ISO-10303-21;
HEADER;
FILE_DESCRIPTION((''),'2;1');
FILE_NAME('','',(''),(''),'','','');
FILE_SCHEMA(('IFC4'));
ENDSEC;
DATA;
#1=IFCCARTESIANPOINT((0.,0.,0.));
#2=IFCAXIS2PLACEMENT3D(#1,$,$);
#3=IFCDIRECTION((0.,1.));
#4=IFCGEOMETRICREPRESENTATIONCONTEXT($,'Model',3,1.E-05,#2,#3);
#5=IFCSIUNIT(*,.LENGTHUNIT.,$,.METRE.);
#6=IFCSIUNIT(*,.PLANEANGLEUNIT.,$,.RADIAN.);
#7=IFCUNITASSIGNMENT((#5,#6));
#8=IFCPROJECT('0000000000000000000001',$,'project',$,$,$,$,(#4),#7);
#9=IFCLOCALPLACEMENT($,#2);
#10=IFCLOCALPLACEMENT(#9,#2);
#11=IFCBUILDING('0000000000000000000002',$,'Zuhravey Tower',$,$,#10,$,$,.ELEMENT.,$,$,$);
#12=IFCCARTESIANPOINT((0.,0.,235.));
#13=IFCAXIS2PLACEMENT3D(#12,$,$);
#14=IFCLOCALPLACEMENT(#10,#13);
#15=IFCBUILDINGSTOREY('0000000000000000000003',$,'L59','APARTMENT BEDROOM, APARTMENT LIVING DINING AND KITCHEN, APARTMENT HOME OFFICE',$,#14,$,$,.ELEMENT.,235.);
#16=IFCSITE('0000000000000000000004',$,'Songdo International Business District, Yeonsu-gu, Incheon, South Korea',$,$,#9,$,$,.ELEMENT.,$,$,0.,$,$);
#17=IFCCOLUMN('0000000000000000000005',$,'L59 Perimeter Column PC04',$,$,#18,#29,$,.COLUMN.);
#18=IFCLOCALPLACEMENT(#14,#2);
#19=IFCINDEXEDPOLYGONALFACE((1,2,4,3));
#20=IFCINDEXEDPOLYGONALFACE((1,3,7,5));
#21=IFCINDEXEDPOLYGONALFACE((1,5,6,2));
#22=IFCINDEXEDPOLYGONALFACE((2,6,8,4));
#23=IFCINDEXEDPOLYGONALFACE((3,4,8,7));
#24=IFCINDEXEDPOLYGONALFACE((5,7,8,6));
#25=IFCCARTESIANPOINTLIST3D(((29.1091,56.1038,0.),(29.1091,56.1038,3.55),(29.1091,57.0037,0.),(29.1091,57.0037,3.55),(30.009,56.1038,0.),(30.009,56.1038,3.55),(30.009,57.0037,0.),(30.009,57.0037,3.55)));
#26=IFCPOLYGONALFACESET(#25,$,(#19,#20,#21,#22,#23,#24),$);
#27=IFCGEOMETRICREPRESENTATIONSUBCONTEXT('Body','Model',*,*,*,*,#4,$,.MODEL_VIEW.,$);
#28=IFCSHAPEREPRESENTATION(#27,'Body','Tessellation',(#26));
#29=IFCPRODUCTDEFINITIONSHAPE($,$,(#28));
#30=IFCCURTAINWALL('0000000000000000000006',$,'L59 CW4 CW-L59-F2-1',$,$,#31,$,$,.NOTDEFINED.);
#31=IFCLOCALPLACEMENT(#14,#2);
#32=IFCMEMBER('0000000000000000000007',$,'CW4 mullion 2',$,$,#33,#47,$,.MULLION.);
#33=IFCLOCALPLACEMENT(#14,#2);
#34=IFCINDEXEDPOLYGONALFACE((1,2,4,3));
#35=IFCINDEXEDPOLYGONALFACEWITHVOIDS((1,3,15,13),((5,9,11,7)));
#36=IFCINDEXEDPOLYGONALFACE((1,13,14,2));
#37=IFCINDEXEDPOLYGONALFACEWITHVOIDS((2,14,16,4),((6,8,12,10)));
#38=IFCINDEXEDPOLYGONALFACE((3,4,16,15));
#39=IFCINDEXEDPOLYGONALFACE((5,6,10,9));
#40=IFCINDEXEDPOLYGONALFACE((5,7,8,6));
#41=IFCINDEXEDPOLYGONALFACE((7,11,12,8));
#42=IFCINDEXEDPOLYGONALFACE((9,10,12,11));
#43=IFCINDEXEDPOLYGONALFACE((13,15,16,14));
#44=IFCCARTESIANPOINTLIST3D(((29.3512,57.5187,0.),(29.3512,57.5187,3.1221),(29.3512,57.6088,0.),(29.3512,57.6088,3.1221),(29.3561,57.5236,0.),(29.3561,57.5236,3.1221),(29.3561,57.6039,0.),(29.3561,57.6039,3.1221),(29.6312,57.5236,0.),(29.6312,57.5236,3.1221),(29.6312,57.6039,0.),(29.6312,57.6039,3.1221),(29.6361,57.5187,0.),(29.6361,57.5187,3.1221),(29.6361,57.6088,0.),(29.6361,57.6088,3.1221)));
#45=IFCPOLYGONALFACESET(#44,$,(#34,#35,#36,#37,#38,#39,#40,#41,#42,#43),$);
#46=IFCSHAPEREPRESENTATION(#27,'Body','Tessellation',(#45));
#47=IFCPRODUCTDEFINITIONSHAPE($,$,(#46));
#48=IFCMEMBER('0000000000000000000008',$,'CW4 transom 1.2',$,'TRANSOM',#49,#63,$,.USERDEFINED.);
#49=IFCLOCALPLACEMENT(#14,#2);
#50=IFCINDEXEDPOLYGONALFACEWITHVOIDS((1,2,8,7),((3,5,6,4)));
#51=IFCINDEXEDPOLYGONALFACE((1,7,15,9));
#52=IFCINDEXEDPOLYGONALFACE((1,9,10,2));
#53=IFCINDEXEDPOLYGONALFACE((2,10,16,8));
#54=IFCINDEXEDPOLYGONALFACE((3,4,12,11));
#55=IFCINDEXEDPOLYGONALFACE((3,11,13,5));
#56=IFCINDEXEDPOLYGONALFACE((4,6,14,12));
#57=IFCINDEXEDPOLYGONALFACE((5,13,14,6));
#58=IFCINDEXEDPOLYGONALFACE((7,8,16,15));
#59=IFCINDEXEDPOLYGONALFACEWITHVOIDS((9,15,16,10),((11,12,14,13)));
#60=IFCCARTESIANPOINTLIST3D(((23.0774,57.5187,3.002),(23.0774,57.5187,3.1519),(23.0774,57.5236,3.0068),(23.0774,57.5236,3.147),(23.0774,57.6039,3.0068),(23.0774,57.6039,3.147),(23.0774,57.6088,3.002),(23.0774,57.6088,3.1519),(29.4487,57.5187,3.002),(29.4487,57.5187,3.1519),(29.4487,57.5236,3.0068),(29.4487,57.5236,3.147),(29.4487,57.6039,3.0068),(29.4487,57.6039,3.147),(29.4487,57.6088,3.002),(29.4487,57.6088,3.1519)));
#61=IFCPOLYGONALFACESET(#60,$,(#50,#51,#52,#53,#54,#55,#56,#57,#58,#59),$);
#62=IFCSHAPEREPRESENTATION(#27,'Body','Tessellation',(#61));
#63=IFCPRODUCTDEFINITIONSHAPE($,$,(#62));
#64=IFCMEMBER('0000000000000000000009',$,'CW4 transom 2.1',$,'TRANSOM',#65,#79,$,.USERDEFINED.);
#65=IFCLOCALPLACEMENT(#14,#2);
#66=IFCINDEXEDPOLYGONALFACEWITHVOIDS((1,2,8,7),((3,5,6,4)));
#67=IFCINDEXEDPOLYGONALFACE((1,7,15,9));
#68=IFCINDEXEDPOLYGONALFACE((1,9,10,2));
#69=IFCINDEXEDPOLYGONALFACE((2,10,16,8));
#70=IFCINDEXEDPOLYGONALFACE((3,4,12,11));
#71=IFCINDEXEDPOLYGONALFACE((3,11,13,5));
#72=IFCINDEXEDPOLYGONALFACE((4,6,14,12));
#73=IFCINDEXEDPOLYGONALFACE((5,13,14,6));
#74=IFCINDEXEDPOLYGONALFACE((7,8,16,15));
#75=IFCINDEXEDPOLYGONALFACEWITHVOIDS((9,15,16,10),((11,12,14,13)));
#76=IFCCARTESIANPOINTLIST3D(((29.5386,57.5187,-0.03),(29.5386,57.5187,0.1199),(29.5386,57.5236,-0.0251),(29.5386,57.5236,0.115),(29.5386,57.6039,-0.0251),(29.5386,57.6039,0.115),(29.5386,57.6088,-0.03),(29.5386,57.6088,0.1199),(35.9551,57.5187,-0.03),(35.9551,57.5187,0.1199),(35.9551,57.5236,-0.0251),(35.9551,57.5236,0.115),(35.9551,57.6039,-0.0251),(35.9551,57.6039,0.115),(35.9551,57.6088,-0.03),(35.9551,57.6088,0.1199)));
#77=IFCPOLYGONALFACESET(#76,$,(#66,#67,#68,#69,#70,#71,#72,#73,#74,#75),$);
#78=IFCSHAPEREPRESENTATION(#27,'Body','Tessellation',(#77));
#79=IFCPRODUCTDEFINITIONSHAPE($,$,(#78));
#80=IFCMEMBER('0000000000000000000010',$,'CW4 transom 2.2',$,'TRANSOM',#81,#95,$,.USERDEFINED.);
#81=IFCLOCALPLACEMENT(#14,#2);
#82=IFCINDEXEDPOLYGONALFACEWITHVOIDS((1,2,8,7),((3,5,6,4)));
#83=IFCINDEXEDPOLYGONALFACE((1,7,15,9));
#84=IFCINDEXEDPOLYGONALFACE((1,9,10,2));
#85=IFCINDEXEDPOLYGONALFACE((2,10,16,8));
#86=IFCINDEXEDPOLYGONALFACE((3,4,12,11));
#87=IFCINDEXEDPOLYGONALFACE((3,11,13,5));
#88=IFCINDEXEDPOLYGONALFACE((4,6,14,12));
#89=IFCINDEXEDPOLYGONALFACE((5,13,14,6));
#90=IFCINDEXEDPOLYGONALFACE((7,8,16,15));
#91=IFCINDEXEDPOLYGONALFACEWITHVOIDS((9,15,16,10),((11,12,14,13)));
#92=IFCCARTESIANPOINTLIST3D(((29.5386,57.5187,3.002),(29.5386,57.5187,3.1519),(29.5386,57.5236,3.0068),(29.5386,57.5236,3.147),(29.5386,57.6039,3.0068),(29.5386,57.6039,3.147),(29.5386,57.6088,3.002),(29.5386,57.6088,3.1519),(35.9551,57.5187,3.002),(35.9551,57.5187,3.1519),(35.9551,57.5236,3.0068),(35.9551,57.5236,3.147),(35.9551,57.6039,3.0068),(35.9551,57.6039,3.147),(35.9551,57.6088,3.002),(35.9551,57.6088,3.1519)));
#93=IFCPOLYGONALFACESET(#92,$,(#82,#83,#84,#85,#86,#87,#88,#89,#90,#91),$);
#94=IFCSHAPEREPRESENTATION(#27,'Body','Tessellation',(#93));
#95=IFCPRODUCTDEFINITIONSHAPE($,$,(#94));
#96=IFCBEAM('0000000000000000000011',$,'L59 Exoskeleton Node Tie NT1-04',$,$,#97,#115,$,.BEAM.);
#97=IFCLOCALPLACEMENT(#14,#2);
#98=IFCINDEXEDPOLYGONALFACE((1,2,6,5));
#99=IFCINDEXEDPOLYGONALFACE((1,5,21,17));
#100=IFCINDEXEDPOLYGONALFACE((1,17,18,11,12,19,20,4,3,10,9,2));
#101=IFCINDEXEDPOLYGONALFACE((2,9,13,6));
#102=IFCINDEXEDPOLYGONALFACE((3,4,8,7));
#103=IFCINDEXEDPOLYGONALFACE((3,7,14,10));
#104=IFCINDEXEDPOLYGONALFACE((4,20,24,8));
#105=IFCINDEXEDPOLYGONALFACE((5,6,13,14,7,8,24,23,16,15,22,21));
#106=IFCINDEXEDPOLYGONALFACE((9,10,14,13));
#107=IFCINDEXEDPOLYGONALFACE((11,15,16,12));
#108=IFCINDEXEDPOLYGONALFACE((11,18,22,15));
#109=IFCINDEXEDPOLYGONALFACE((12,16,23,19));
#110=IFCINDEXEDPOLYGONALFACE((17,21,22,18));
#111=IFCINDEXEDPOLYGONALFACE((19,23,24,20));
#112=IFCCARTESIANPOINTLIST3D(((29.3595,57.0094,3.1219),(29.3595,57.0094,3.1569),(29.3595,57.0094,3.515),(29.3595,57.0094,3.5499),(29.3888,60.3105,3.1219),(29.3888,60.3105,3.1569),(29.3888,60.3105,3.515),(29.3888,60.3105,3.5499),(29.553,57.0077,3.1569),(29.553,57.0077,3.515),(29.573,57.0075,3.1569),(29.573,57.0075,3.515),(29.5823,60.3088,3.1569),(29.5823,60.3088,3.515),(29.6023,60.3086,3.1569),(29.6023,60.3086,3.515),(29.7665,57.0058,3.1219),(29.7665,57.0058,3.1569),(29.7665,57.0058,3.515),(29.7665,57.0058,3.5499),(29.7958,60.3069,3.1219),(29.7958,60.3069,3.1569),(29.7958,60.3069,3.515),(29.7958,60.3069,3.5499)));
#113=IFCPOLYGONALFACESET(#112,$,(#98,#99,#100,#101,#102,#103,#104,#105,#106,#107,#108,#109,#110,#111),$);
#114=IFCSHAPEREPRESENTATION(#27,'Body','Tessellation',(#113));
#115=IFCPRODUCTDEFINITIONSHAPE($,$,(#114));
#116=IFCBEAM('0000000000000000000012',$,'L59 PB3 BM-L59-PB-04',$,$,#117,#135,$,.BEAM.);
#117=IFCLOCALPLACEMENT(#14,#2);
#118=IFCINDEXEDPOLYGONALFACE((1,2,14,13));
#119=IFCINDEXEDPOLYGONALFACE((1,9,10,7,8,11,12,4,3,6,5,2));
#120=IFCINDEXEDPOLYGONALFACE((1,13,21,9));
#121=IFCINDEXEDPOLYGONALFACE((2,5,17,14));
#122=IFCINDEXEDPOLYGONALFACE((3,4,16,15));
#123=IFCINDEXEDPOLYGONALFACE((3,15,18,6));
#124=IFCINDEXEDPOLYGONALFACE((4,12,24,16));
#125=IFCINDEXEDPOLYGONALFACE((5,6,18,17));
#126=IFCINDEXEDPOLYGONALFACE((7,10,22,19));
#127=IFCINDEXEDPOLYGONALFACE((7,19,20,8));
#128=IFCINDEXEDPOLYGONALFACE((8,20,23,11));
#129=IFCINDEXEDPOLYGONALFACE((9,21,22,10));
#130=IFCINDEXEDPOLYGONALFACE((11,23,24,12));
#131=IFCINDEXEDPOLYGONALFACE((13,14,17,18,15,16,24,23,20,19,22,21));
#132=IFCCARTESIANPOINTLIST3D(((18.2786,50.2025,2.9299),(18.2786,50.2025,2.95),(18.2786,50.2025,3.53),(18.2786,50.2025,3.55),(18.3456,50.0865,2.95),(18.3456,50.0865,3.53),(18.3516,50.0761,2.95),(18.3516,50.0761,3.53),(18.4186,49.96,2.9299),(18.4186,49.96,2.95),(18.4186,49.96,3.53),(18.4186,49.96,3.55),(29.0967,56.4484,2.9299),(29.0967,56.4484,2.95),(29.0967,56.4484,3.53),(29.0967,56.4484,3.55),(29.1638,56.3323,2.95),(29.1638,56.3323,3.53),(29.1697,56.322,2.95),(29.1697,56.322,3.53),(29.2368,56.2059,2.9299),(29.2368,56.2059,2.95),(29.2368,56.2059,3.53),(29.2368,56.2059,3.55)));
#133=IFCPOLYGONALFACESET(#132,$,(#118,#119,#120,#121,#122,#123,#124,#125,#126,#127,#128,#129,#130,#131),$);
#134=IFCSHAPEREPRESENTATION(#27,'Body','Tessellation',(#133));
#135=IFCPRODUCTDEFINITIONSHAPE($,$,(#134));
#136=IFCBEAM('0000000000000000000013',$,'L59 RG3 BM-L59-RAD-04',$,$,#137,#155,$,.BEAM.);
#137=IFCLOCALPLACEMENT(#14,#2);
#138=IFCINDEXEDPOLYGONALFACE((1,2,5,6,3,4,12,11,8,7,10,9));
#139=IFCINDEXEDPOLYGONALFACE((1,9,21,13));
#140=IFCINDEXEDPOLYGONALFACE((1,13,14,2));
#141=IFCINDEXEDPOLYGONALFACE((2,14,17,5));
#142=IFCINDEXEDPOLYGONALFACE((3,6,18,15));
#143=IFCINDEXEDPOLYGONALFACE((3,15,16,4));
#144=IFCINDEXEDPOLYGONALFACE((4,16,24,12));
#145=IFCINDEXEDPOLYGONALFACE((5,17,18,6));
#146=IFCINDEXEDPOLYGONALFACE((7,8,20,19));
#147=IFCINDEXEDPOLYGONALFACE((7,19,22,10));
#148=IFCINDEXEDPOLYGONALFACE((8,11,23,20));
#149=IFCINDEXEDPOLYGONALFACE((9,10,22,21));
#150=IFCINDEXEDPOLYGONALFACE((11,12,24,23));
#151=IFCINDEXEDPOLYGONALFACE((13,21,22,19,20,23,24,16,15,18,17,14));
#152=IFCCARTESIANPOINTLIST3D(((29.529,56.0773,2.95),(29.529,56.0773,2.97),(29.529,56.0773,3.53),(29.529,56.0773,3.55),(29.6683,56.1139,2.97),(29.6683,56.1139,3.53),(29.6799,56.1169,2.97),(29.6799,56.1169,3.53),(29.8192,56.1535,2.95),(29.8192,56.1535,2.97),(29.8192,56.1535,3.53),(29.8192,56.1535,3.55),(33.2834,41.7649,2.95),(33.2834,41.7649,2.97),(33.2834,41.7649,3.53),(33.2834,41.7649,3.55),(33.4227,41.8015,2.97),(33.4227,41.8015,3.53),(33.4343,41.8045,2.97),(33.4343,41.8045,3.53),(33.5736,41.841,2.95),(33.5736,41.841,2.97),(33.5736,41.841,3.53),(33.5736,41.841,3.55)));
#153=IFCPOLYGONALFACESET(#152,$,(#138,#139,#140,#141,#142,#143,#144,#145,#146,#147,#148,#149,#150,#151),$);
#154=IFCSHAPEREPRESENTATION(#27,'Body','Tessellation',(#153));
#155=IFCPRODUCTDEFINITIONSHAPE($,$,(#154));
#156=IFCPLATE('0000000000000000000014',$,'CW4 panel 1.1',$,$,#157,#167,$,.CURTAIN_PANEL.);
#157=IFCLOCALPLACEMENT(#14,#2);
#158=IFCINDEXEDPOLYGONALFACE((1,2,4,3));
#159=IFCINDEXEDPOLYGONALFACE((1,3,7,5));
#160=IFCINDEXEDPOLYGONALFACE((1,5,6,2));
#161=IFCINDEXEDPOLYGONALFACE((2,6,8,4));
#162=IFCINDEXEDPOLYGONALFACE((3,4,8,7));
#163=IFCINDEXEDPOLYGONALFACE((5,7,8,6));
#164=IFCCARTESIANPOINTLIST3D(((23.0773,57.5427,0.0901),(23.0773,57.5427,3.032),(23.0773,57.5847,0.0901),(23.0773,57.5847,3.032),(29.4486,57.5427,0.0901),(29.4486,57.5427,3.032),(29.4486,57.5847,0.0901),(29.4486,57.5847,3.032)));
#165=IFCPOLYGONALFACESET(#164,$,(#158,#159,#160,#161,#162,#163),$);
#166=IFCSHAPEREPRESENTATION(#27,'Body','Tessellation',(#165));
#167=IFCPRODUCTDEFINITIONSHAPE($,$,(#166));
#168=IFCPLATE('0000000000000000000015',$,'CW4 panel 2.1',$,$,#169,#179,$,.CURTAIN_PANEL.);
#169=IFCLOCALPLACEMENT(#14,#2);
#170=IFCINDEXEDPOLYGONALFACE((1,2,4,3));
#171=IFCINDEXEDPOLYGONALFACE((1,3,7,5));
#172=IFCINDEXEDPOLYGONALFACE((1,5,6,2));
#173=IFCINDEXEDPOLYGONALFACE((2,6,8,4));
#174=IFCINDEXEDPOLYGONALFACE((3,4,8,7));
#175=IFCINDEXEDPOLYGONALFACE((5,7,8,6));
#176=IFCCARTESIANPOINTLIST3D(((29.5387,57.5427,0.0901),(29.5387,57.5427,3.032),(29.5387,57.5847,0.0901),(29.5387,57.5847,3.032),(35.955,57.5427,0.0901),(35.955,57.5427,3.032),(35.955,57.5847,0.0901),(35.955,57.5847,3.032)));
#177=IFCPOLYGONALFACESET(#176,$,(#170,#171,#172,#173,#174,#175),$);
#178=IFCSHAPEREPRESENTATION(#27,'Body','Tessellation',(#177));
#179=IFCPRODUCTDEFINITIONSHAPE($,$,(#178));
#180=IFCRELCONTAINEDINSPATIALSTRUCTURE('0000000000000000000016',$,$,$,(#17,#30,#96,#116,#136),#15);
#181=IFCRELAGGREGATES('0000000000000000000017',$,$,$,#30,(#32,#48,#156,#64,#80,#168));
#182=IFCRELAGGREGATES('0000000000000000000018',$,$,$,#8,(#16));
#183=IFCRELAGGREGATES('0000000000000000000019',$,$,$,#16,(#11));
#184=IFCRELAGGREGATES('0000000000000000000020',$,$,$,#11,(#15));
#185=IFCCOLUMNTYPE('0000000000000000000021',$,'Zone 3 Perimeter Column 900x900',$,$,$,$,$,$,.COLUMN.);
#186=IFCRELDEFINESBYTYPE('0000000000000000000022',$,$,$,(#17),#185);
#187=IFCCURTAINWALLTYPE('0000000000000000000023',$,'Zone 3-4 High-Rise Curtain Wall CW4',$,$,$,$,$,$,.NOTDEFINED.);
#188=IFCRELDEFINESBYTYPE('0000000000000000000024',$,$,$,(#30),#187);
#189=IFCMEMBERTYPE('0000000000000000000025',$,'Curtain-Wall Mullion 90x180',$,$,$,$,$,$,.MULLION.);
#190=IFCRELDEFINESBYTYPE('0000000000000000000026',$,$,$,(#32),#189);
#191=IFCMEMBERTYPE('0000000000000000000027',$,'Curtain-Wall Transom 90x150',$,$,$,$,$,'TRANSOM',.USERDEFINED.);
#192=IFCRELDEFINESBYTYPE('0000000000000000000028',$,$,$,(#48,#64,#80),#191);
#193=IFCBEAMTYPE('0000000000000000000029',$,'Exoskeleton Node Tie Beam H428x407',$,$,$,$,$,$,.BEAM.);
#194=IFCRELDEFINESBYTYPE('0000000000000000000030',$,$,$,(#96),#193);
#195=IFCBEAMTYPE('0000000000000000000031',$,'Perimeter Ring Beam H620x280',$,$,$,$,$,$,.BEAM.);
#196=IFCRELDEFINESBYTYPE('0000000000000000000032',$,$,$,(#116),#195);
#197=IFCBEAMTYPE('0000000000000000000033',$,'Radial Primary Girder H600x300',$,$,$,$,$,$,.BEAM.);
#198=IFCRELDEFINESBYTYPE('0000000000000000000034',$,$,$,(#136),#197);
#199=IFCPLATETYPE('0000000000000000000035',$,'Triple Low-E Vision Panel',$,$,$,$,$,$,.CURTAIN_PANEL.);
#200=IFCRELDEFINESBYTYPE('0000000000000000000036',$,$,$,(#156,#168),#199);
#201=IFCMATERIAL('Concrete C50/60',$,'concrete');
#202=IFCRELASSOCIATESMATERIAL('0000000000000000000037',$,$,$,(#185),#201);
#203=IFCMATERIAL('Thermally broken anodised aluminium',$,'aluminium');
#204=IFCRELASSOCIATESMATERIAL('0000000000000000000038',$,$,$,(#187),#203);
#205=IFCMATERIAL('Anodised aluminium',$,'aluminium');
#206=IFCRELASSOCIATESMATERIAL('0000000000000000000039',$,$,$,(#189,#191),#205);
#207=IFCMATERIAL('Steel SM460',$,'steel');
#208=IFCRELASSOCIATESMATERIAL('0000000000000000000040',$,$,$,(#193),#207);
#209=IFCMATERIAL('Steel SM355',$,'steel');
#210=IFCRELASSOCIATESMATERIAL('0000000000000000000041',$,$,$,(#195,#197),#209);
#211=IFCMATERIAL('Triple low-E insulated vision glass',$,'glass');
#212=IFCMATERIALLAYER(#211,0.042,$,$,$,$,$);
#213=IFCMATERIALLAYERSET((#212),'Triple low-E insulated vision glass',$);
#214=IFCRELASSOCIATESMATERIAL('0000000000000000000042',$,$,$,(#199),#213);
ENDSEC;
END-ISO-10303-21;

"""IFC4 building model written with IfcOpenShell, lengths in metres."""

from ifc_helpers import new_model, si_unit, direction, frame, origin, origin_2d, place, context, subcontext, project, spatial, rectangle, hollow_rectangle, i_section, extrude, material, layer, layer_set, material_profile, profile_set, type_object, element, aggregate, save


model = new_model("IFC4")

# Units and contexts
model_context = context("Model", 3, precision=1e-05, world=origin(), true_north=direction((0.0, 1.0)))
body_context = subcontext(model_context, "Body", "Model", "MODEL_VIEW")
ifc_project = project(units=[si_unit("LENGTHUNIT", "METRE"), si_unit("PLANEANGLEUNIT", "RADIAN")], contexts=[model_context])

# Site, building, storey
site_placement = place(None, origin())
site = spatial("IfcSite", under=ifc_project, at=site_placement, Name="Songdo International Business District, Yeonsu-gu, Incheon, South Korea", CompositionType="ELEMENT", RefElevation=0.0)
building_placement = place(site_placement, origin())
building = spatial("IfcBuilding", under=site, at=building_placement, Name="Zuhravey Tower", CompositionType="ELEMENT")
storey_placement = place(building_placement, frame((0.0, 0.0, 235.0)))
storey = spatial("IfcBuildingStorey", under=building, at=storey_placement, Name="L59", Description="APARTMENT BEDROOM, APARTMENT LIVING DINING AND KITCHEN, APARTMENT HOME OFFICE", CompositionType="ELEMENT", Elevation=235.0)

# Column
ifc_material_1 = material(Name="Concrete C50/60", Category="concrete")
ifc_material_profile_1 = material_profile(ifc_material_1, rectangle(XDim=0.8999, YDim=0.8999, at=origin_2d()), Name="RC-900x900")
ifc_profile_set_1 = profile_set([ifc_material_profile_1], Name="Concrete C50/60")
column_type = type_object("IfcColumnType", Name="Zone 3 Perimeter Column 900x900", PredefinedType="COLUMN", material=ifc_profile_set_1)
column_placement = place(storey_placement, frame((29.5591, 56.5537, 0.0), z_axis=(0.0, 0.0, 1.0), x_axis=(-1.0, 0.0, 0.0)))
element("IfcColumn", 1, at=column_placement, inside=storey, type_object=column_type, Name="L59 Perimeter Column PC04", PredefinedType="COLUMN", context=body_context, shape_type="SweptSolid", body=[
    extrude(rectangle(XDim=0.8999, YDim=0.8999, at=origin_2d()), origin(), (0.0, 0.0, 1.0), 3.55),
])

# Curtain wall, members
ifc_material_2 = material(Name="Thermally broken anodised aluminium", Category="aluminium")
curtain_wall_type = type_object("IfcCurtainWallType", Name="Zone 3-4 High-Rise Curtain Wall CW4", PredefinedType="NOTDEFINED", material=ifc_material_2)
curtain_wall_placement = place(storey_placement, origin())
curtain_wall = element("IfcCurtainWall", 2, at=curtain_wall_placement, inside=storey, type_object=curtain_wall_type, Name="L59 CW4 CW-L59-F2-1", PredefinedType="NOTDEFINED")
ifc_material_3 = material(Name="Anodised aluminium", Category="aluminium")
ifc_material_profile_2 = material_profile(ifc_material_3, hollow_rectangle(XDim=0.0901, YDim=0.2849, WallThickness=0.0049, at=origin_2d()), Name="ALU-RHS-90x285x5")
ifc_profile_set_2 = profile_set([ifc_material_profile_2], Name="Anodised aluminium")
member_type_1 = type_object("IfcMemberType", Name="Curtain-Wall Mullion 90x180", PredefinedType="MULLION", material=ifc_profile_set_2)
member_1_placement = place(storey_placement, frame((29.4937, 57.5637, 0.0), z_axis=(0.0, 0.0, 1.0), x_axis=(0.0, 1.0, 0.0)))
member_1 = element("IfcMember", 3, at=member_1_placement, type_object=member_type_1, Name="CW4 mullion 2", PredefinedType="MULLION", context=body_context, shape_type="SweptSolid", body=[
    extrude(hollow_rectangle(XDim=0.0901, YDim=0.2849, WallThickness=0.0049, at=origin_2d()), origin(), (0.0, 0.0, 1.0), 3.1221),
])
ifc_material_profile_3 = material_profile(ifc_material_3, hollow_rectangle(XDim=0.0901, YDim=0.1499, WallThickness=0.0049, at=origin_2d()), Name="ALU-RHS-90x150x5")
ifc_profile_set_3 = profile_set([ifc_material_profile_3], Name="Anodised aluminium")
member_type_2 = type_object("IfcMemberType", Name="Curtain-Wall Transom 90x150", ElementType="TRANSOM", PredefinedType="USERDEFINED", material=ifc_profile_set_3)
member_2_placement = place(storey_placement, frame((23.0774, 57.5637, 3.0769), z_axis=(1.0, 0.0, 0.0), x_axis=(0.0, 1.0, 0.0)))
member_2 = element("IfcMember", 4, at=member_2_placement, type_object=member_type_2, Name="CW4 transom 1.2", ObjectType="TRANSOM", PredefinedType="USERDEFINED", context=body_context, shape_type="SweptSolid", body=[
    extrude(hollow_rectangle(XDim=0.0901, YDim=0.1499, WallThickness=0.0049, at=origin_2d()), origin(), (0.0, 0.0, 1.0), 6.3713),
])
member_3_placement = place(storey_placement, frame((29.5386, 57.5637, 0.0449), z_axis=(1.0, 0.0, 0.0), x_axis=(0.0, 1.0, 0.0)))
member_3 = element("IfcMember", 5, at=member_3_placement, type_object=member_type_2, Name="CW4 transom 2.1", ObjectType="TRANSOM", PredefinedType="USERDEFINED", context=body_context, shape_type="SweptSolid", body=[
    extrude(hollow_rectangle(XDim=0.0901, YDim=0.1499, WallThickness=0.0049, at=origin_2d()), origin(), (0.0, 0.0, 1.0), 6.4165),
])
member_4_placement = place(storey_placement, frame((29.5386, 57.5637, 3.0769), z_axis=(1.0, 0.0, 0.0), x_axis=(0.0, 1.0, 0.0)))
member_4 = element("IfcMember", 6, at=member_4_placement, type_object=member_type_2, Name="CW4 transom 2.2", ObjectType="TRANSOM", PredefinedType="USERDEFINED", context=body_context, shape_type="SweptSolid", body=[
    extrude(hollow_rectangle(XDim=0.0901, YDim=0.1499, WallThickness=0.0049, at=origin_2d()), origin(), (0.0, 0.0, 1.0), 6.4165),
])

# Beams
ifc_material_4 = material(Name="Steel SM460", Category="steel")
ifc_material_profile_4 = material_profile(ifc_material_4, i_section(OverallWidth=0.407, OverallDepth=0.428, WebThickness=0.02, FlangeThickness=0.0349, at=origin_2d()), Name="H-428x407x20x35")
ifc_profile_set_4 = profile_set([ifc_material_profile_4], Name="Steel SM460")
beam_type_1 = type_object("IfcBeamType", Name="Exoskeleton Node Tie Beam H428x407", PredefinedType="BEAM", material=ifc_profile_set_4)
beam_1_placement = place(storey_placement, frame((29.563, 57.0076, 3.3359), z_axis=(0.008875, 0.999961, 0.0), x_axis=(-0.999961, 0.008875, 0.0)))
element("IfcBeam", 7, at=beam_1_placement, inside=storey, type_object=beam_type_1, Name="L59 Exoskeleton Node Tie NT1-04", PredefinedType="BEAM", context=body_context, shape_type="SweptSolid", body=[
    extrude(i_section(OverallWidth=0.407, OverallDepth=0.428, WebThickness=0.02, FlangeThickness=0.0349, at=origin_2d()), origin(), (0.0, 0.0, 1.0), 3.3013),
])
ifc_material_5 = material(Name="Steel SM355", Category="steel")
ifc_material_profile_5 = material_profile(ifc_material_5, i_section(OverallWidth=0.28, OverallDepth=0.6201, WebThickness=0.012, FlangeThickness=0.02, at=origin_2d()), Name="H-620x280x12x20")
ifc_profile_set_5 = profile_set([ifc_material_profile_5], Name="Steel SM355")
beam_type_2 = type_object("IfcBeamType", Name="Perimeter Ring Beam H620x280", PredefinedType="BEAM", material=ifc_profile_set_5)
beam_2_placement = place(storey_placement, frame((29.1667, 56.3271, 3.24), z_axis=(-0.866025, -0.5, 0.0), x_axis=(0.5, -0.866025, 0.0)))
element("IfcBeam", 8, at=beam_2_placement, inside=storey, type_object=beam_type_2, Name="L59 PB3 BM-L59-PB-04", PredefinedType="BEAM", context=body_context, shape_type="SweptSolid", body=[
    extrude(i_section(OverallWidth=0.28, OverallDepth=0.6201, WebThickness=0.012, FlangeThickness=0.02, at=origin_2d()), origin(), (0.0, 0.0, 1.0), 12.4917),
])
ifc_material_profile_6 = material_profile(ifc_material_5, i_section(OverallWidth=0.3, OverallDepth=0.6001, WebThickness=0.012, FlangeThickness=0.02, at=origin_2d()), Name="H-600x300x12x20")
ifc_profile_set_6 = profile_set([ifc_material_profile_6], Name="Steel SM355")
beam_type_3 = type_object("IfcBeamType", Name="Radial Primary Girder H600x300", PredefinedType="BEAM", material=ifc_profile_set_6)
beam_3_placement = place(storey_placement, frame((33.4285, 41.803, 3.25), z_axis=(-0.253731, 0.967275, 0.0), x_axis=(-0.967275, -0.253731, 0.0)))
element("IfcBeam", 9, at=beam_3_placement, inside=storey, type_object=beam_type_3, Name="L59 RG3 BM-L59-RAD-04", PredefinedType="BEAM", context=body_context, shape_type="SweptSolid", body=[
    extrude(i_section(OverallWidth=0.3, OverallDepth=0.6001, WebThickness=0.012, FlangeThickness=0.02, at=origin_2d()), origin(), (0.0, 0.0, 1.0), 14.7966),
])

# Plates
ifc_material_6 = material(Name="Triple low-E insulated vision glass", Category="glass")
ifc_layer_1 = layer(ifc_material_6, 0.042)
ifc_layer_set_1 = layer_set([ifc_layer_1], Name="Triple low-E insulated vision glass")
plate_type = type_object("IfcPlateType", Name="Triple Low-E Vision Panel", PredefinedType="CURTAIN_PANEL", material=ifc_layer_set_1)
plate_1_placement = place(storey_placement, frame((26.2629, 57.5637, 0.0901), z_axis=(0.0, 0.0, 1.0), x_axis=(1.0, 0.0, 0.0)))
plate_1 = element("IfcPlate", 10, at=plate_1_placement, type_object=plate_type, Name="CW4 panel 1.1", PredefinedType="CURTAIN_PANEL", context=body_context, shape_type="SweptSolid", body=[
    extrude(rectangle(XDim=6.3713, YDim=0.042, at=origin_2d()), origin(), (0.0, 0.0, 1.0), 2.9419),
])
plate_2_placement = place(storey_placement, frame((32.7468, 57.5637, 0.0901), z_axis=(0.0, 0.0, 1.0), x_axis=(1.0, 0.0, 0.0)))
plate_2 = element("IfcPlate", 11, at=plate_2_placement, type_object=plate_type, Name="CW4 panel 2.1", PredefinedType="CURTAIN_PANEL", context=body_context, shape_type="SweptSolid", body=[
    extrude(rectangle(XDim=6.4163, YDim=0.042, at=origin_2d()), origin(), (0.0, 0.0, 1.0), 2.9419),
])
aggregate(curtain_wall, [member_1, member_2, plate_1, member_3, member_4, plate_2])

save(model, "model.ifc")
